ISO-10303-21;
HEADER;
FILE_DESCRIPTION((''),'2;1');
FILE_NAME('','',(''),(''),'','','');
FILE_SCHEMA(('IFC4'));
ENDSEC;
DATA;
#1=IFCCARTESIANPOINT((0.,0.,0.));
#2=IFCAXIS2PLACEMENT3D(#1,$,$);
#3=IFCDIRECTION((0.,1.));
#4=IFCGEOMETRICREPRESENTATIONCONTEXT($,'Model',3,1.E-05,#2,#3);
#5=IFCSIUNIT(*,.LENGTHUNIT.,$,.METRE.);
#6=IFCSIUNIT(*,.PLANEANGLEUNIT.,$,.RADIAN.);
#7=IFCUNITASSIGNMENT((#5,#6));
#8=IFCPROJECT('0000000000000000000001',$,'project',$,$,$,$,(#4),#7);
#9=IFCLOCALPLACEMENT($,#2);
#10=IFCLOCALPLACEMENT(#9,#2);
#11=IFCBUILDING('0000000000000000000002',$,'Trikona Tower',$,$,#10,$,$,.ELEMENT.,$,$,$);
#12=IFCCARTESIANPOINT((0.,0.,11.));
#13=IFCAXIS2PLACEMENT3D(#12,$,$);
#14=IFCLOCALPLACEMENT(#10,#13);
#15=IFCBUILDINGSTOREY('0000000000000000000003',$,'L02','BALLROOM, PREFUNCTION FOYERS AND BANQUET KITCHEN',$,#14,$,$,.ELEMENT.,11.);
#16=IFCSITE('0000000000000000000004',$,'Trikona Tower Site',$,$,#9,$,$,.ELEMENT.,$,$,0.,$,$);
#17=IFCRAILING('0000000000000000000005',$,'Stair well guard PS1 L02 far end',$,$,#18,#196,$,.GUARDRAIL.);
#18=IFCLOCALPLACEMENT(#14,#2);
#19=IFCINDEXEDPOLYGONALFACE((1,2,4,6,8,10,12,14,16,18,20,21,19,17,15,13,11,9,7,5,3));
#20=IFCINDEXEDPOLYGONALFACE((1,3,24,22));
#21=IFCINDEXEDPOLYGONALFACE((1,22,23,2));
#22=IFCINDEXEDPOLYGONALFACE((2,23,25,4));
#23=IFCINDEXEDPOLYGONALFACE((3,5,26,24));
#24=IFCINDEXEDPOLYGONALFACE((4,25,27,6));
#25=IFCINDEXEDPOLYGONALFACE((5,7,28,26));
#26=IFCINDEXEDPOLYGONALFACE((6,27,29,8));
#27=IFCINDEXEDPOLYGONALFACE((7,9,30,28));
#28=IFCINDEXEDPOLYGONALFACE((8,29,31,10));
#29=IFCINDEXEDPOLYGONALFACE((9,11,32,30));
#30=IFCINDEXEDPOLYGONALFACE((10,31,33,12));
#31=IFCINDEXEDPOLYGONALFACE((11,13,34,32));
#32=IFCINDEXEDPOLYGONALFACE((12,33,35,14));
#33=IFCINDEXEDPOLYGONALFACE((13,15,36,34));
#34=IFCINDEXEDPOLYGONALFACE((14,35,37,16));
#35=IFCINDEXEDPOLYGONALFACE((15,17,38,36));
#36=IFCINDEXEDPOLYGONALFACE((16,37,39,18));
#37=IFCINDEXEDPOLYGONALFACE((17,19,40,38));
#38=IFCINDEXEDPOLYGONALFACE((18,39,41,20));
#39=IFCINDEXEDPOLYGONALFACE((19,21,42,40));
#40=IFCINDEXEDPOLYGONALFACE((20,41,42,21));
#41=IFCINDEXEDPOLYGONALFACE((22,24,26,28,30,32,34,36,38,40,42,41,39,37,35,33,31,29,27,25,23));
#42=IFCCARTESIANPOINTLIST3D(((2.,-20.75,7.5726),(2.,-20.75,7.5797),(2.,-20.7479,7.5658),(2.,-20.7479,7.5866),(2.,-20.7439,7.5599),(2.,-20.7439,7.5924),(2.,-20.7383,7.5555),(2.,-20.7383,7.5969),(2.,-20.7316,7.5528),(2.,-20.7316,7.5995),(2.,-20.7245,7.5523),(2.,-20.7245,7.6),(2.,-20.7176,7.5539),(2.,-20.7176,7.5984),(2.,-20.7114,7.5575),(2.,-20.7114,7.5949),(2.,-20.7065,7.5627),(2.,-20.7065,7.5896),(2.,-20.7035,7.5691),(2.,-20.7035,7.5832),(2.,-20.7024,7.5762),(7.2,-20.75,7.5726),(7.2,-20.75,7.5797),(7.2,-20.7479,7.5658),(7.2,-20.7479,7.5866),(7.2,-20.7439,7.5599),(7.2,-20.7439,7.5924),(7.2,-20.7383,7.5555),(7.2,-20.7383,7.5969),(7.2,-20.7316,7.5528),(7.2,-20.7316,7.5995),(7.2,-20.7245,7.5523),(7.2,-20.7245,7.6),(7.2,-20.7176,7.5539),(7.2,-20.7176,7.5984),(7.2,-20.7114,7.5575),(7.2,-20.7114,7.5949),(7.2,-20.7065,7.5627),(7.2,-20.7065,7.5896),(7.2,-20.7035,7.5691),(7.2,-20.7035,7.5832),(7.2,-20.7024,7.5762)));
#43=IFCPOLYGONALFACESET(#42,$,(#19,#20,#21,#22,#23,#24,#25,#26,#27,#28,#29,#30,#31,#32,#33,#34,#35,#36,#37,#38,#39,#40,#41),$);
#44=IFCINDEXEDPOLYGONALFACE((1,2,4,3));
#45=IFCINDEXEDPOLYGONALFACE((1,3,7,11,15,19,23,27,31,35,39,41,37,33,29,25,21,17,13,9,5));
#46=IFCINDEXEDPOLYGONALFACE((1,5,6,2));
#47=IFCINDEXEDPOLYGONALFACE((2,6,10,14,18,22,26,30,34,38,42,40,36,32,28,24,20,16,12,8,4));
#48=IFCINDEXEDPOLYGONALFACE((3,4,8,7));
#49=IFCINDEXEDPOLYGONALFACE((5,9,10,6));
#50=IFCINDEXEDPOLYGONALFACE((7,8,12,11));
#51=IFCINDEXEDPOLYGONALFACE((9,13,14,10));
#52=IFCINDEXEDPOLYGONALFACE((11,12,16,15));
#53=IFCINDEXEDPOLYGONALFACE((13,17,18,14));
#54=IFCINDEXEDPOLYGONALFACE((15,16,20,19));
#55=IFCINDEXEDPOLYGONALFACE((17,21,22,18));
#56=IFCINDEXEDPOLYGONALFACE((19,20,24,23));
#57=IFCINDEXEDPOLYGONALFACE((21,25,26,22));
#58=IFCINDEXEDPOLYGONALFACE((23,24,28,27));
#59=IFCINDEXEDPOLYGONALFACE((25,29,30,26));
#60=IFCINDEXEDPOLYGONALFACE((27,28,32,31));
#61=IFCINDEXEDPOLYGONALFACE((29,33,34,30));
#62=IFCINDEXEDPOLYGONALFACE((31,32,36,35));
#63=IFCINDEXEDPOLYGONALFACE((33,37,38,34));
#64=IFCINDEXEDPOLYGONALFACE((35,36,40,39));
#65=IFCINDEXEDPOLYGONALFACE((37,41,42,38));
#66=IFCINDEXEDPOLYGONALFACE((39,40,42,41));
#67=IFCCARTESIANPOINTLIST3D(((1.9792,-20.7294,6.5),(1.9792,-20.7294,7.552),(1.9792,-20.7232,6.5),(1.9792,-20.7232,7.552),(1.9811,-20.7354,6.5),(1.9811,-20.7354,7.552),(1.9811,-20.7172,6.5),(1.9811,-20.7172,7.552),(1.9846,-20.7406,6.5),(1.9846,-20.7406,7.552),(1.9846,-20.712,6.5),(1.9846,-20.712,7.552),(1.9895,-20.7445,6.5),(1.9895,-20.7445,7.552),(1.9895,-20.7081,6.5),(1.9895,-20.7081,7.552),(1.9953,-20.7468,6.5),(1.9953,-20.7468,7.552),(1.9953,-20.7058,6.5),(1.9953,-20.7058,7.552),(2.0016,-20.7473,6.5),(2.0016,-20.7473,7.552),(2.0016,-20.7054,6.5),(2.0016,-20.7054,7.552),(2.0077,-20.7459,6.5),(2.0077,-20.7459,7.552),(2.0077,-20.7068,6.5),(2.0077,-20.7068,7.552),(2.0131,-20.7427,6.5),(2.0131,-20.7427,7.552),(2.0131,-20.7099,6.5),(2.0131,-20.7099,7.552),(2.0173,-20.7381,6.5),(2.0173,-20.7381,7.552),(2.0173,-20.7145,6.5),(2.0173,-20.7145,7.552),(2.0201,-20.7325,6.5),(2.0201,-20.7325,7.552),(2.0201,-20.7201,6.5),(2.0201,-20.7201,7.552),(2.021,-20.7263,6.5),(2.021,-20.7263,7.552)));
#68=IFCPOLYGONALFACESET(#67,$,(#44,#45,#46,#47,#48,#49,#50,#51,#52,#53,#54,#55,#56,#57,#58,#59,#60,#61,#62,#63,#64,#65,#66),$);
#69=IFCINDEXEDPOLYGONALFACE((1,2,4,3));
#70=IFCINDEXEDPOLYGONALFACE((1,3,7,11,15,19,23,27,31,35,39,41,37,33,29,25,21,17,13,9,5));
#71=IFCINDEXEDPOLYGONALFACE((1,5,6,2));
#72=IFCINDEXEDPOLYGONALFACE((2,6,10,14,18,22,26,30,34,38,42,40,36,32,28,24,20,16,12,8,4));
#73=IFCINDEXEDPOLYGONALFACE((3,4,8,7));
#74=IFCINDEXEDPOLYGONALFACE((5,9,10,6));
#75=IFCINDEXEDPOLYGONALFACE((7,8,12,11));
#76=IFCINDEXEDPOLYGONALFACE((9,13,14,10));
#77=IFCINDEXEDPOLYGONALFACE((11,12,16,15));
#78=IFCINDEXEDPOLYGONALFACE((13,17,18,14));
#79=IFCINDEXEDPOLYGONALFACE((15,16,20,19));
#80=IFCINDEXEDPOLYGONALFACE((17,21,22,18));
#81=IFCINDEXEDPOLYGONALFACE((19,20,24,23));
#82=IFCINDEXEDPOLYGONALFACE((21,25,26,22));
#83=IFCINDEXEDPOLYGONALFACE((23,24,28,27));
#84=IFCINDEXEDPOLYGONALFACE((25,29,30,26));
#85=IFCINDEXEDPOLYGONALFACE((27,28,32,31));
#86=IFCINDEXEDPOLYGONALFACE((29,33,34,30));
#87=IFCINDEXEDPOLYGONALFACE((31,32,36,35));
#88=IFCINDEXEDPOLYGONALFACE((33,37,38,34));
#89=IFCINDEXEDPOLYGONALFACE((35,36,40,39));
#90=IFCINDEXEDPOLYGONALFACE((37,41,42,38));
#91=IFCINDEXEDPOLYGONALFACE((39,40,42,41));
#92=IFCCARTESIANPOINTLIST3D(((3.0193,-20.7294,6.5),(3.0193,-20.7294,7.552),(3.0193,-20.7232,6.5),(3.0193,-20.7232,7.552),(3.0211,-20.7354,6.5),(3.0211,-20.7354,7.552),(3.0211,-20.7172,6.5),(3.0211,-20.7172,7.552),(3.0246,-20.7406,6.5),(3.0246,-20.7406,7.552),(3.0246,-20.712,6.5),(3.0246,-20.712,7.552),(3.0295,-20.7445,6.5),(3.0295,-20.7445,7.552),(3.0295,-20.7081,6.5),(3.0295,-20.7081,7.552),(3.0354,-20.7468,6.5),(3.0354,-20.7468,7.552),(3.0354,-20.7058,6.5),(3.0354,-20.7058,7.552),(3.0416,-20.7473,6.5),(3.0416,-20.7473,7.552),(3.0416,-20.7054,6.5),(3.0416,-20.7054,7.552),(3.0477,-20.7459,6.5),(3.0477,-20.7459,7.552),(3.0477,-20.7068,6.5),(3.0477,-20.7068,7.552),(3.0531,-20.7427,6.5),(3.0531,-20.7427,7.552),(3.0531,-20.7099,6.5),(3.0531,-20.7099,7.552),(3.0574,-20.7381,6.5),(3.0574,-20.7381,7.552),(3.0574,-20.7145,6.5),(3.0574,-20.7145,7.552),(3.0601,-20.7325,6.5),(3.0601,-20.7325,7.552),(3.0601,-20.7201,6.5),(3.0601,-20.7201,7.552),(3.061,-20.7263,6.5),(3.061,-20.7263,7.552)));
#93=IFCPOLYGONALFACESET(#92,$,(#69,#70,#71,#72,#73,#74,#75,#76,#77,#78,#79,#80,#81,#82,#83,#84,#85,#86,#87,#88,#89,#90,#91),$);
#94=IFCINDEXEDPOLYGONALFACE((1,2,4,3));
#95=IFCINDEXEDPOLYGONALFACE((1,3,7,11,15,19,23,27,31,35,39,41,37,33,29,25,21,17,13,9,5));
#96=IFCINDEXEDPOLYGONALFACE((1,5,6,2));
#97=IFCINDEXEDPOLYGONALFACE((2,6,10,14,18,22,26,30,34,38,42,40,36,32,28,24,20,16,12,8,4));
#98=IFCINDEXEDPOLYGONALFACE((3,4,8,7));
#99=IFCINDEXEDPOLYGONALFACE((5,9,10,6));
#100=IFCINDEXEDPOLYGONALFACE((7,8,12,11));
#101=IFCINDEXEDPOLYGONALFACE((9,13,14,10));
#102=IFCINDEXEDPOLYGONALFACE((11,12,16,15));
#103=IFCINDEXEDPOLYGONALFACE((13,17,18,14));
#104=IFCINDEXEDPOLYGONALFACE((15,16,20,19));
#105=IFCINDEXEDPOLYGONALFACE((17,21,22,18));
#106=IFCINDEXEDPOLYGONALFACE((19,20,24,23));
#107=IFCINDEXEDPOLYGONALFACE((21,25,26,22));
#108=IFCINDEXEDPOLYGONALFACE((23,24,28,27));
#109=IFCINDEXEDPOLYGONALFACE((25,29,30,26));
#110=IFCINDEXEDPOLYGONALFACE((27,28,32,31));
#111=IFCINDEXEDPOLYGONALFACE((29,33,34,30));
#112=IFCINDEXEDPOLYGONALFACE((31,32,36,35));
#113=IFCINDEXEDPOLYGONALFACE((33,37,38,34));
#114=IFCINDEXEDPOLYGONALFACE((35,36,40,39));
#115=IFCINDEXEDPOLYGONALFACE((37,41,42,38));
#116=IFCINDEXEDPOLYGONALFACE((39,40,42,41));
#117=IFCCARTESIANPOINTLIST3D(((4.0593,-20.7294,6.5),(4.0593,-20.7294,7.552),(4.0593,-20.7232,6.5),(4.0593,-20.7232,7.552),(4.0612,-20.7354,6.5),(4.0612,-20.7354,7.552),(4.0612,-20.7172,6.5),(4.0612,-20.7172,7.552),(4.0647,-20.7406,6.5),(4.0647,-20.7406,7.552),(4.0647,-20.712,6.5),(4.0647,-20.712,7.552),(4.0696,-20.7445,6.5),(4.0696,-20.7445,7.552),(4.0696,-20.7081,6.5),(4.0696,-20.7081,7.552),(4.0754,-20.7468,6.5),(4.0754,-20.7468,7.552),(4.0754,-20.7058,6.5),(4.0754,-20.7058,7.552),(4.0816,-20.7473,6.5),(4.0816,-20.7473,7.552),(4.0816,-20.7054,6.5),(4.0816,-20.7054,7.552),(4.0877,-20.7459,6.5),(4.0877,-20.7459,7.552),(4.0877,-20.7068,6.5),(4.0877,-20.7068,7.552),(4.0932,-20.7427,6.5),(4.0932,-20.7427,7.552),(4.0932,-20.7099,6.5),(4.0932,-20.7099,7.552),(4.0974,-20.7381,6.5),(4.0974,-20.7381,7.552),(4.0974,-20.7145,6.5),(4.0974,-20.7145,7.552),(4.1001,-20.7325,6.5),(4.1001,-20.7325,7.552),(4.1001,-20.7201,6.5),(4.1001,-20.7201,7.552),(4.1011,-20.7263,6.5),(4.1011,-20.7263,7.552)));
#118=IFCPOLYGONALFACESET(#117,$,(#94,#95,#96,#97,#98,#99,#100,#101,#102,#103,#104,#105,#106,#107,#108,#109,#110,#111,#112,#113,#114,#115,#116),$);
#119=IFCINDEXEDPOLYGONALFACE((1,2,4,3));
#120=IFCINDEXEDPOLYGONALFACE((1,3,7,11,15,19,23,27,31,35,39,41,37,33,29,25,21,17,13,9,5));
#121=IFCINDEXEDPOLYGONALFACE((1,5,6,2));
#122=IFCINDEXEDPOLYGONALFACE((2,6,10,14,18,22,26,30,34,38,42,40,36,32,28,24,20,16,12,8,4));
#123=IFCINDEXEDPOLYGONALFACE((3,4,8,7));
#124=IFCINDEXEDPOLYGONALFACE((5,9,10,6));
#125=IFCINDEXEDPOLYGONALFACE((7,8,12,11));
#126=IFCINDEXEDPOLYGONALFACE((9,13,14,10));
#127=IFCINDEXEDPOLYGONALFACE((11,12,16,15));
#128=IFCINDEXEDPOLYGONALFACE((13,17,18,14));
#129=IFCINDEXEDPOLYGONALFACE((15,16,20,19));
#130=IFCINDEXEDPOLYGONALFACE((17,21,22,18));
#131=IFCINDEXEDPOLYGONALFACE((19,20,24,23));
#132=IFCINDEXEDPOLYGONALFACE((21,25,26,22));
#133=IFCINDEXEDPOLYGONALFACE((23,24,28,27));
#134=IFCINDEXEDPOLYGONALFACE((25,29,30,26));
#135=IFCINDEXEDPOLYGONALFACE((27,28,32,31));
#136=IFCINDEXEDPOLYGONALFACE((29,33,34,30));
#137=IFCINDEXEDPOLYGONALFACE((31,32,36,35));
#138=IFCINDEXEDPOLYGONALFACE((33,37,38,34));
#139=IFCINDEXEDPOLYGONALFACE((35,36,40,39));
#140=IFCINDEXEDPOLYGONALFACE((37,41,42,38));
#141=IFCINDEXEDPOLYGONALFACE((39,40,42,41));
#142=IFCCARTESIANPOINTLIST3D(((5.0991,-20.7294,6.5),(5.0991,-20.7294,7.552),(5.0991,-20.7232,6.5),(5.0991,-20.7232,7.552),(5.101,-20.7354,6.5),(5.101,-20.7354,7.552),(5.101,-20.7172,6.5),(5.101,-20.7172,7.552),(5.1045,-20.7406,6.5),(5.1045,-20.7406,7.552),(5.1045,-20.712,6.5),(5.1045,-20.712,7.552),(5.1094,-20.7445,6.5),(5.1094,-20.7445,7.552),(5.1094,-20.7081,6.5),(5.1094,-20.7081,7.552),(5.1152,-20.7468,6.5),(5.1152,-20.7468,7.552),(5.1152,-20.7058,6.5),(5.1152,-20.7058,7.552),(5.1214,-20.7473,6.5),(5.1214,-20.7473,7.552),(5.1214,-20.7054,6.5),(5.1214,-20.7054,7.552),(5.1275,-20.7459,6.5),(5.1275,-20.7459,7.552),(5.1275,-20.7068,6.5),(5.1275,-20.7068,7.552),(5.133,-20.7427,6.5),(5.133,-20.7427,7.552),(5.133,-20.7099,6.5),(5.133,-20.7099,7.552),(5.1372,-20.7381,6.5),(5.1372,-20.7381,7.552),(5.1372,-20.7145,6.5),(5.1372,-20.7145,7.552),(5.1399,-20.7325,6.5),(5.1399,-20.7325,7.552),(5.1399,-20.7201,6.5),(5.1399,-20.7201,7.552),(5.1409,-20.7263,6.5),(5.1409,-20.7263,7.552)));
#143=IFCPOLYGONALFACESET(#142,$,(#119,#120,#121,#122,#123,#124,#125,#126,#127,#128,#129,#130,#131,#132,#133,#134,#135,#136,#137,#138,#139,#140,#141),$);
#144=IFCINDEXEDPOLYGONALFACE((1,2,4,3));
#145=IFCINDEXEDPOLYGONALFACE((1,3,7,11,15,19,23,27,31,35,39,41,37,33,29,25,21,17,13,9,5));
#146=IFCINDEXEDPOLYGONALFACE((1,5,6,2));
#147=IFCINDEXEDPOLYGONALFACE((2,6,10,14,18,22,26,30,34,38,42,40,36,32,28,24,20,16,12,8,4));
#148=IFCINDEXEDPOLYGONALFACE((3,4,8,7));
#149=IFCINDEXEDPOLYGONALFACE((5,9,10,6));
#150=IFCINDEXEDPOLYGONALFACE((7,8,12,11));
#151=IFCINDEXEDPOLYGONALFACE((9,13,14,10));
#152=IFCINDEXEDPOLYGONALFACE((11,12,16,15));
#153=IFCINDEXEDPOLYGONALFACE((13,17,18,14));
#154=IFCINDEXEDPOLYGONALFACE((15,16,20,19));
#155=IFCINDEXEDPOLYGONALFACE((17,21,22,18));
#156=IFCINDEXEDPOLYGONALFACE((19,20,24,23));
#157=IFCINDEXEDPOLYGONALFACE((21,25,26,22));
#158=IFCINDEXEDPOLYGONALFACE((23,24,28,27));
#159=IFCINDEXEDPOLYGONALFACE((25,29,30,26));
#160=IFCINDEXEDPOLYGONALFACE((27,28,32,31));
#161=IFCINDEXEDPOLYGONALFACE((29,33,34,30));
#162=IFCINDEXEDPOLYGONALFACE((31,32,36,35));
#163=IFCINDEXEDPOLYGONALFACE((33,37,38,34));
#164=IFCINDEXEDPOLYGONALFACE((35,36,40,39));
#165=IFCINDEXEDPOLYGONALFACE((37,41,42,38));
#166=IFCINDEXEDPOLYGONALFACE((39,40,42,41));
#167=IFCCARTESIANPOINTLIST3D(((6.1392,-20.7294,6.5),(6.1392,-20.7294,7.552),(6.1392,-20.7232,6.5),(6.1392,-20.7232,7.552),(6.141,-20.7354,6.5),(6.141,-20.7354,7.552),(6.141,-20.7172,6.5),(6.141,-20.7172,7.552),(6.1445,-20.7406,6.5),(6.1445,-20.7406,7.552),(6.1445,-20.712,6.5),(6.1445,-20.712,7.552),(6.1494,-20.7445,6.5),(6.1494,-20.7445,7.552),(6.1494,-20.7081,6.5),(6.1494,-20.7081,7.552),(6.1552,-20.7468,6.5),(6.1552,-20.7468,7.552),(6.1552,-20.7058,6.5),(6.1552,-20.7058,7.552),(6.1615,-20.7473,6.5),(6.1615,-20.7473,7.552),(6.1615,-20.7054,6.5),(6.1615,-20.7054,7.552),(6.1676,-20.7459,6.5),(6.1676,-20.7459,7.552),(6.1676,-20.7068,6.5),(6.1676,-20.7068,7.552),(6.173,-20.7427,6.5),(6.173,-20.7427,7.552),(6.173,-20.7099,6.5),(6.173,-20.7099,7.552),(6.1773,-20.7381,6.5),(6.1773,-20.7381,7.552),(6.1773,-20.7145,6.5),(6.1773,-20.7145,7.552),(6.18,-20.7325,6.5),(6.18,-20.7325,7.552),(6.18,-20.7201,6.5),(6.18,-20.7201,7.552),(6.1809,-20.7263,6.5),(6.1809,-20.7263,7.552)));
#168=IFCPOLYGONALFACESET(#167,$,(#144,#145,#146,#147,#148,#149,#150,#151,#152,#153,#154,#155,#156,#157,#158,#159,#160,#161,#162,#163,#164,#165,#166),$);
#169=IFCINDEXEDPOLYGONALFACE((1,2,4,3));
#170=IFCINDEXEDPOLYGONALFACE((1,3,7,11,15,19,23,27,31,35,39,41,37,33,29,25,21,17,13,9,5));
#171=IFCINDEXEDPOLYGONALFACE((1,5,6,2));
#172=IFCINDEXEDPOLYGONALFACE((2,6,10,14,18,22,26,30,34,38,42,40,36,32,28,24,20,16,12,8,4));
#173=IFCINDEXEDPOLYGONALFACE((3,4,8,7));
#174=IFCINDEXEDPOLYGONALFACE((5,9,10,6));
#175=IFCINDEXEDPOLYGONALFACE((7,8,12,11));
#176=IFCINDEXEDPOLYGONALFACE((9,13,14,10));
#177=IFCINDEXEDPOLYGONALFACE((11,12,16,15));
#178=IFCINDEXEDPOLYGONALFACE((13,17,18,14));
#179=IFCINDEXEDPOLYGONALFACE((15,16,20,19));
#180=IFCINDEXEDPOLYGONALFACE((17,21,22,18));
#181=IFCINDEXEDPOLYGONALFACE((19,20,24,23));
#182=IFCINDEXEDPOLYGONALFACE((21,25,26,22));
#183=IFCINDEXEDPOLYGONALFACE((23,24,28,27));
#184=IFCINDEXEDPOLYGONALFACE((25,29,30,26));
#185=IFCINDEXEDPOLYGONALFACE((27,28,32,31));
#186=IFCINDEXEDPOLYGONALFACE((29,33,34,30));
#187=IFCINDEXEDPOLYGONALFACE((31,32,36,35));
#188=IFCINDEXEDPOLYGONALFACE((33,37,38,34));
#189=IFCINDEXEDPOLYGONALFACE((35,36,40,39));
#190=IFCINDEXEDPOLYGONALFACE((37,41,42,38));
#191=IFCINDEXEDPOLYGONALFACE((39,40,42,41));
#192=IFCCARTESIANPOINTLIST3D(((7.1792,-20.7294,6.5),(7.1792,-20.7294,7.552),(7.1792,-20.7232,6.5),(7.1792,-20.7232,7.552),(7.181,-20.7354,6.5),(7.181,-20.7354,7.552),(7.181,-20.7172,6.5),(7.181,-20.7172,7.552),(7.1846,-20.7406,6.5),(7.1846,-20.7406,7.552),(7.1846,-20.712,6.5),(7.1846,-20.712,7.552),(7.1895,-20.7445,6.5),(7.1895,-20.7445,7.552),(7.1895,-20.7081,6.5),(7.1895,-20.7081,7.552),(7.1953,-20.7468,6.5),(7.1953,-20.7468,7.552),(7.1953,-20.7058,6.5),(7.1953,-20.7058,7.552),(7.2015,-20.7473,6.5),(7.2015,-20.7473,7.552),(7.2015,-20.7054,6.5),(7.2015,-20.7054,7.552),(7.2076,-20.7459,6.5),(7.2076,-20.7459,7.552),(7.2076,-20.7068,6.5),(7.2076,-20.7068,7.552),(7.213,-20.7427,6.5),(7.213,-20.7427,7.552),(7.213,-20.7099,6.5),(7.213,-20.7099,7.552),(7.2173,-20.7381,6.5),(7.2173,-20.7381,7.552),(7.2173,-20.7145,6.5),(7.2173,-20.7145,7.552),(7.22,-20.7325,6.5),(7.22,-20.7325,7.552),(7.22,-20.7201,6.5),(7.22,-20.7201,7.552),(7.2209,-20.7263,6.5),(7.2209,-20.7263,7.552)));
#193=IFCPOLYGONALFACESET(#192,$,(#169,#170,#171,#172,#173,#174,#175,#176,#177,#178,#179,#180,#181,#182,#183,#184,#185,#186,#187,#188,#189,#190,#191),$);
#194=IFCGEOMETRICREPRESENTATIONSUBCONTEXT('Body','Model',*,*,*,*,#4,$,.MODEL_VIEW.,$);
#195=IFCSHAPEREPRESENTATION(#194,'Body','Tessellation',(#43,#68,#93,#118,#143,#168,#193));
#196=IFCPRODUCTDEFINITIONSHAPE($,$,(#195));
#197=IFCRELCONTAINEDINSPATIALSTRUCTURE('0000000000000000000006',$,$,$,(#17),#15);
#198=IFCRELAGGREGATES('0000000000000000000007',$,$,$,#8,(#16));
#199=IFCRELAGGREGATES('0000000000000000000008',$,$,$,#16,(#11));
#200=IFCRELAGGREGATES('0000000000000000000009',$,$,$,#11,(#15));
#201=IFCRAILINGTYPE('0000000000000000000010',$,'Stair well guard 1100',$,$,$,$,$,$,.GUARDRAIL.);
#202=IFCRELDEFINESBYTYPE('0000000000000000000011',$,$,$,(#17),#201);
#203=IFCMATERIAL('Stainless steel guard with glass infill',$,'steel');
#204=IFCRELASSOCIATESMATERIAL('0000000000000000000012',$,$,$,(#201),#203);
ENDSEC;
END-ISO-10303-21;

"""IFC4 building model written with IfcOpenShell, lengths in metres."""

from ifc_helpers import new_model, si_unit, direction, frame, origin, origin_2d, place, context, subcontext, project, spatial, circle, extrude, material, type_object, element, save


model = new_model("IFC4")

# Units and contexts
model_context = context("Model", 3, precision=1e-05, world=origin(), true_north=direction((0.0, 1.0)))
body_context = subcontext(model_context, "Body", "Model", "MODEL_VIEW")
ifc_project = project(units=[si_unit("LENGTHUNIT", "METRE"), si_unit("PLANEANGLEUNIT", "RADIAN")], contexts=[model_context])

# Site, building, storey
site_placement = place(None, origin())
site = spatial("IfcSite", under=ifc_project, at=site_placement, Name="Trikona Tower Site", CompositionType="ELEMENT", RefElevation=0.0)
building_placement = place(site_placement, origin())
building = spatial("IfcBuilding", under=site, at=building_placement, Name="Trikona Tower", CompositionType="ELEMENT")
storey_placement = place(building_placement, frame((0.0, 0.0, 11.0)))
storey = spatial("IfcBuildingStorey", under=building, at=storey_placement, Name="L02", Description="BALLROOM, PREFUNCTION FOYERS AND BANQUET KITCHEN", CompositionType="ELEMENT", Elevation=11.0)

# Railing
ifc_material_1 = material(Name="Stainless steel guard with glass infill", Category="steel")
railing_type_1 = type_object("IfcRailingType", Name="Stair well guard 1100", PredefinedType="GUARDRAIL", material=ifc_material_1)
railing_1_placement = place(storey_placement, frame((2.0, -20.7263, 6.5)))
element("IfcRailing", 1, at=railing_1_placement, inside=storey, type_object=railing_type_1, Name="Stair well guard PS1 L02 far end", PredefinedType="GUARDRAIL", context=body_context, shape_type="SweptSolid", body=[
    extrude(circle(Radius=0.0239, at=origin_2d()), frame((0.0, 0.0, 1.0762), z_axis=(1.0, 0.0, 0.0), x_axis=(0.0, 1.0, 0.0)), (0.0, 0.0, 1.0), 5.2),
    extrude(circle(Radius=0.021, at=origin_2d()), origin(), (0.0, 0.0, 1.0), 1.052),
    extrude(circle(Radius=0.021, at=origin_2d()), frame((1.04, 0.0, 0.0)), (0.0, 0.0, 1.0), 1.052),
    extrude(circle(Radius=0.021, at=origin_2d()), frame((2.0801, 0.0, 0.0)), (0.0, 0.0, 1.0), 1.052),
    extrude(circle(Radius=0.021, at=origin_2d()), frame((3.1199, 0.0, 0.0)), (0.0, 0.0, 1.0), 1.052),
    extrude(circle(Radius=0.021, at=origin_2d()), frame((4.1599, 0.0, 0.0)), (0.0, 0.0, 1.0), 1.052),
    extrude(circle(Radius=0.021, at=origin_2d()), frame((5.2, 0.0, 0.0)), (0.0, 0.0, 1.0), 1.052),
])

save(model, "model.ifc")
